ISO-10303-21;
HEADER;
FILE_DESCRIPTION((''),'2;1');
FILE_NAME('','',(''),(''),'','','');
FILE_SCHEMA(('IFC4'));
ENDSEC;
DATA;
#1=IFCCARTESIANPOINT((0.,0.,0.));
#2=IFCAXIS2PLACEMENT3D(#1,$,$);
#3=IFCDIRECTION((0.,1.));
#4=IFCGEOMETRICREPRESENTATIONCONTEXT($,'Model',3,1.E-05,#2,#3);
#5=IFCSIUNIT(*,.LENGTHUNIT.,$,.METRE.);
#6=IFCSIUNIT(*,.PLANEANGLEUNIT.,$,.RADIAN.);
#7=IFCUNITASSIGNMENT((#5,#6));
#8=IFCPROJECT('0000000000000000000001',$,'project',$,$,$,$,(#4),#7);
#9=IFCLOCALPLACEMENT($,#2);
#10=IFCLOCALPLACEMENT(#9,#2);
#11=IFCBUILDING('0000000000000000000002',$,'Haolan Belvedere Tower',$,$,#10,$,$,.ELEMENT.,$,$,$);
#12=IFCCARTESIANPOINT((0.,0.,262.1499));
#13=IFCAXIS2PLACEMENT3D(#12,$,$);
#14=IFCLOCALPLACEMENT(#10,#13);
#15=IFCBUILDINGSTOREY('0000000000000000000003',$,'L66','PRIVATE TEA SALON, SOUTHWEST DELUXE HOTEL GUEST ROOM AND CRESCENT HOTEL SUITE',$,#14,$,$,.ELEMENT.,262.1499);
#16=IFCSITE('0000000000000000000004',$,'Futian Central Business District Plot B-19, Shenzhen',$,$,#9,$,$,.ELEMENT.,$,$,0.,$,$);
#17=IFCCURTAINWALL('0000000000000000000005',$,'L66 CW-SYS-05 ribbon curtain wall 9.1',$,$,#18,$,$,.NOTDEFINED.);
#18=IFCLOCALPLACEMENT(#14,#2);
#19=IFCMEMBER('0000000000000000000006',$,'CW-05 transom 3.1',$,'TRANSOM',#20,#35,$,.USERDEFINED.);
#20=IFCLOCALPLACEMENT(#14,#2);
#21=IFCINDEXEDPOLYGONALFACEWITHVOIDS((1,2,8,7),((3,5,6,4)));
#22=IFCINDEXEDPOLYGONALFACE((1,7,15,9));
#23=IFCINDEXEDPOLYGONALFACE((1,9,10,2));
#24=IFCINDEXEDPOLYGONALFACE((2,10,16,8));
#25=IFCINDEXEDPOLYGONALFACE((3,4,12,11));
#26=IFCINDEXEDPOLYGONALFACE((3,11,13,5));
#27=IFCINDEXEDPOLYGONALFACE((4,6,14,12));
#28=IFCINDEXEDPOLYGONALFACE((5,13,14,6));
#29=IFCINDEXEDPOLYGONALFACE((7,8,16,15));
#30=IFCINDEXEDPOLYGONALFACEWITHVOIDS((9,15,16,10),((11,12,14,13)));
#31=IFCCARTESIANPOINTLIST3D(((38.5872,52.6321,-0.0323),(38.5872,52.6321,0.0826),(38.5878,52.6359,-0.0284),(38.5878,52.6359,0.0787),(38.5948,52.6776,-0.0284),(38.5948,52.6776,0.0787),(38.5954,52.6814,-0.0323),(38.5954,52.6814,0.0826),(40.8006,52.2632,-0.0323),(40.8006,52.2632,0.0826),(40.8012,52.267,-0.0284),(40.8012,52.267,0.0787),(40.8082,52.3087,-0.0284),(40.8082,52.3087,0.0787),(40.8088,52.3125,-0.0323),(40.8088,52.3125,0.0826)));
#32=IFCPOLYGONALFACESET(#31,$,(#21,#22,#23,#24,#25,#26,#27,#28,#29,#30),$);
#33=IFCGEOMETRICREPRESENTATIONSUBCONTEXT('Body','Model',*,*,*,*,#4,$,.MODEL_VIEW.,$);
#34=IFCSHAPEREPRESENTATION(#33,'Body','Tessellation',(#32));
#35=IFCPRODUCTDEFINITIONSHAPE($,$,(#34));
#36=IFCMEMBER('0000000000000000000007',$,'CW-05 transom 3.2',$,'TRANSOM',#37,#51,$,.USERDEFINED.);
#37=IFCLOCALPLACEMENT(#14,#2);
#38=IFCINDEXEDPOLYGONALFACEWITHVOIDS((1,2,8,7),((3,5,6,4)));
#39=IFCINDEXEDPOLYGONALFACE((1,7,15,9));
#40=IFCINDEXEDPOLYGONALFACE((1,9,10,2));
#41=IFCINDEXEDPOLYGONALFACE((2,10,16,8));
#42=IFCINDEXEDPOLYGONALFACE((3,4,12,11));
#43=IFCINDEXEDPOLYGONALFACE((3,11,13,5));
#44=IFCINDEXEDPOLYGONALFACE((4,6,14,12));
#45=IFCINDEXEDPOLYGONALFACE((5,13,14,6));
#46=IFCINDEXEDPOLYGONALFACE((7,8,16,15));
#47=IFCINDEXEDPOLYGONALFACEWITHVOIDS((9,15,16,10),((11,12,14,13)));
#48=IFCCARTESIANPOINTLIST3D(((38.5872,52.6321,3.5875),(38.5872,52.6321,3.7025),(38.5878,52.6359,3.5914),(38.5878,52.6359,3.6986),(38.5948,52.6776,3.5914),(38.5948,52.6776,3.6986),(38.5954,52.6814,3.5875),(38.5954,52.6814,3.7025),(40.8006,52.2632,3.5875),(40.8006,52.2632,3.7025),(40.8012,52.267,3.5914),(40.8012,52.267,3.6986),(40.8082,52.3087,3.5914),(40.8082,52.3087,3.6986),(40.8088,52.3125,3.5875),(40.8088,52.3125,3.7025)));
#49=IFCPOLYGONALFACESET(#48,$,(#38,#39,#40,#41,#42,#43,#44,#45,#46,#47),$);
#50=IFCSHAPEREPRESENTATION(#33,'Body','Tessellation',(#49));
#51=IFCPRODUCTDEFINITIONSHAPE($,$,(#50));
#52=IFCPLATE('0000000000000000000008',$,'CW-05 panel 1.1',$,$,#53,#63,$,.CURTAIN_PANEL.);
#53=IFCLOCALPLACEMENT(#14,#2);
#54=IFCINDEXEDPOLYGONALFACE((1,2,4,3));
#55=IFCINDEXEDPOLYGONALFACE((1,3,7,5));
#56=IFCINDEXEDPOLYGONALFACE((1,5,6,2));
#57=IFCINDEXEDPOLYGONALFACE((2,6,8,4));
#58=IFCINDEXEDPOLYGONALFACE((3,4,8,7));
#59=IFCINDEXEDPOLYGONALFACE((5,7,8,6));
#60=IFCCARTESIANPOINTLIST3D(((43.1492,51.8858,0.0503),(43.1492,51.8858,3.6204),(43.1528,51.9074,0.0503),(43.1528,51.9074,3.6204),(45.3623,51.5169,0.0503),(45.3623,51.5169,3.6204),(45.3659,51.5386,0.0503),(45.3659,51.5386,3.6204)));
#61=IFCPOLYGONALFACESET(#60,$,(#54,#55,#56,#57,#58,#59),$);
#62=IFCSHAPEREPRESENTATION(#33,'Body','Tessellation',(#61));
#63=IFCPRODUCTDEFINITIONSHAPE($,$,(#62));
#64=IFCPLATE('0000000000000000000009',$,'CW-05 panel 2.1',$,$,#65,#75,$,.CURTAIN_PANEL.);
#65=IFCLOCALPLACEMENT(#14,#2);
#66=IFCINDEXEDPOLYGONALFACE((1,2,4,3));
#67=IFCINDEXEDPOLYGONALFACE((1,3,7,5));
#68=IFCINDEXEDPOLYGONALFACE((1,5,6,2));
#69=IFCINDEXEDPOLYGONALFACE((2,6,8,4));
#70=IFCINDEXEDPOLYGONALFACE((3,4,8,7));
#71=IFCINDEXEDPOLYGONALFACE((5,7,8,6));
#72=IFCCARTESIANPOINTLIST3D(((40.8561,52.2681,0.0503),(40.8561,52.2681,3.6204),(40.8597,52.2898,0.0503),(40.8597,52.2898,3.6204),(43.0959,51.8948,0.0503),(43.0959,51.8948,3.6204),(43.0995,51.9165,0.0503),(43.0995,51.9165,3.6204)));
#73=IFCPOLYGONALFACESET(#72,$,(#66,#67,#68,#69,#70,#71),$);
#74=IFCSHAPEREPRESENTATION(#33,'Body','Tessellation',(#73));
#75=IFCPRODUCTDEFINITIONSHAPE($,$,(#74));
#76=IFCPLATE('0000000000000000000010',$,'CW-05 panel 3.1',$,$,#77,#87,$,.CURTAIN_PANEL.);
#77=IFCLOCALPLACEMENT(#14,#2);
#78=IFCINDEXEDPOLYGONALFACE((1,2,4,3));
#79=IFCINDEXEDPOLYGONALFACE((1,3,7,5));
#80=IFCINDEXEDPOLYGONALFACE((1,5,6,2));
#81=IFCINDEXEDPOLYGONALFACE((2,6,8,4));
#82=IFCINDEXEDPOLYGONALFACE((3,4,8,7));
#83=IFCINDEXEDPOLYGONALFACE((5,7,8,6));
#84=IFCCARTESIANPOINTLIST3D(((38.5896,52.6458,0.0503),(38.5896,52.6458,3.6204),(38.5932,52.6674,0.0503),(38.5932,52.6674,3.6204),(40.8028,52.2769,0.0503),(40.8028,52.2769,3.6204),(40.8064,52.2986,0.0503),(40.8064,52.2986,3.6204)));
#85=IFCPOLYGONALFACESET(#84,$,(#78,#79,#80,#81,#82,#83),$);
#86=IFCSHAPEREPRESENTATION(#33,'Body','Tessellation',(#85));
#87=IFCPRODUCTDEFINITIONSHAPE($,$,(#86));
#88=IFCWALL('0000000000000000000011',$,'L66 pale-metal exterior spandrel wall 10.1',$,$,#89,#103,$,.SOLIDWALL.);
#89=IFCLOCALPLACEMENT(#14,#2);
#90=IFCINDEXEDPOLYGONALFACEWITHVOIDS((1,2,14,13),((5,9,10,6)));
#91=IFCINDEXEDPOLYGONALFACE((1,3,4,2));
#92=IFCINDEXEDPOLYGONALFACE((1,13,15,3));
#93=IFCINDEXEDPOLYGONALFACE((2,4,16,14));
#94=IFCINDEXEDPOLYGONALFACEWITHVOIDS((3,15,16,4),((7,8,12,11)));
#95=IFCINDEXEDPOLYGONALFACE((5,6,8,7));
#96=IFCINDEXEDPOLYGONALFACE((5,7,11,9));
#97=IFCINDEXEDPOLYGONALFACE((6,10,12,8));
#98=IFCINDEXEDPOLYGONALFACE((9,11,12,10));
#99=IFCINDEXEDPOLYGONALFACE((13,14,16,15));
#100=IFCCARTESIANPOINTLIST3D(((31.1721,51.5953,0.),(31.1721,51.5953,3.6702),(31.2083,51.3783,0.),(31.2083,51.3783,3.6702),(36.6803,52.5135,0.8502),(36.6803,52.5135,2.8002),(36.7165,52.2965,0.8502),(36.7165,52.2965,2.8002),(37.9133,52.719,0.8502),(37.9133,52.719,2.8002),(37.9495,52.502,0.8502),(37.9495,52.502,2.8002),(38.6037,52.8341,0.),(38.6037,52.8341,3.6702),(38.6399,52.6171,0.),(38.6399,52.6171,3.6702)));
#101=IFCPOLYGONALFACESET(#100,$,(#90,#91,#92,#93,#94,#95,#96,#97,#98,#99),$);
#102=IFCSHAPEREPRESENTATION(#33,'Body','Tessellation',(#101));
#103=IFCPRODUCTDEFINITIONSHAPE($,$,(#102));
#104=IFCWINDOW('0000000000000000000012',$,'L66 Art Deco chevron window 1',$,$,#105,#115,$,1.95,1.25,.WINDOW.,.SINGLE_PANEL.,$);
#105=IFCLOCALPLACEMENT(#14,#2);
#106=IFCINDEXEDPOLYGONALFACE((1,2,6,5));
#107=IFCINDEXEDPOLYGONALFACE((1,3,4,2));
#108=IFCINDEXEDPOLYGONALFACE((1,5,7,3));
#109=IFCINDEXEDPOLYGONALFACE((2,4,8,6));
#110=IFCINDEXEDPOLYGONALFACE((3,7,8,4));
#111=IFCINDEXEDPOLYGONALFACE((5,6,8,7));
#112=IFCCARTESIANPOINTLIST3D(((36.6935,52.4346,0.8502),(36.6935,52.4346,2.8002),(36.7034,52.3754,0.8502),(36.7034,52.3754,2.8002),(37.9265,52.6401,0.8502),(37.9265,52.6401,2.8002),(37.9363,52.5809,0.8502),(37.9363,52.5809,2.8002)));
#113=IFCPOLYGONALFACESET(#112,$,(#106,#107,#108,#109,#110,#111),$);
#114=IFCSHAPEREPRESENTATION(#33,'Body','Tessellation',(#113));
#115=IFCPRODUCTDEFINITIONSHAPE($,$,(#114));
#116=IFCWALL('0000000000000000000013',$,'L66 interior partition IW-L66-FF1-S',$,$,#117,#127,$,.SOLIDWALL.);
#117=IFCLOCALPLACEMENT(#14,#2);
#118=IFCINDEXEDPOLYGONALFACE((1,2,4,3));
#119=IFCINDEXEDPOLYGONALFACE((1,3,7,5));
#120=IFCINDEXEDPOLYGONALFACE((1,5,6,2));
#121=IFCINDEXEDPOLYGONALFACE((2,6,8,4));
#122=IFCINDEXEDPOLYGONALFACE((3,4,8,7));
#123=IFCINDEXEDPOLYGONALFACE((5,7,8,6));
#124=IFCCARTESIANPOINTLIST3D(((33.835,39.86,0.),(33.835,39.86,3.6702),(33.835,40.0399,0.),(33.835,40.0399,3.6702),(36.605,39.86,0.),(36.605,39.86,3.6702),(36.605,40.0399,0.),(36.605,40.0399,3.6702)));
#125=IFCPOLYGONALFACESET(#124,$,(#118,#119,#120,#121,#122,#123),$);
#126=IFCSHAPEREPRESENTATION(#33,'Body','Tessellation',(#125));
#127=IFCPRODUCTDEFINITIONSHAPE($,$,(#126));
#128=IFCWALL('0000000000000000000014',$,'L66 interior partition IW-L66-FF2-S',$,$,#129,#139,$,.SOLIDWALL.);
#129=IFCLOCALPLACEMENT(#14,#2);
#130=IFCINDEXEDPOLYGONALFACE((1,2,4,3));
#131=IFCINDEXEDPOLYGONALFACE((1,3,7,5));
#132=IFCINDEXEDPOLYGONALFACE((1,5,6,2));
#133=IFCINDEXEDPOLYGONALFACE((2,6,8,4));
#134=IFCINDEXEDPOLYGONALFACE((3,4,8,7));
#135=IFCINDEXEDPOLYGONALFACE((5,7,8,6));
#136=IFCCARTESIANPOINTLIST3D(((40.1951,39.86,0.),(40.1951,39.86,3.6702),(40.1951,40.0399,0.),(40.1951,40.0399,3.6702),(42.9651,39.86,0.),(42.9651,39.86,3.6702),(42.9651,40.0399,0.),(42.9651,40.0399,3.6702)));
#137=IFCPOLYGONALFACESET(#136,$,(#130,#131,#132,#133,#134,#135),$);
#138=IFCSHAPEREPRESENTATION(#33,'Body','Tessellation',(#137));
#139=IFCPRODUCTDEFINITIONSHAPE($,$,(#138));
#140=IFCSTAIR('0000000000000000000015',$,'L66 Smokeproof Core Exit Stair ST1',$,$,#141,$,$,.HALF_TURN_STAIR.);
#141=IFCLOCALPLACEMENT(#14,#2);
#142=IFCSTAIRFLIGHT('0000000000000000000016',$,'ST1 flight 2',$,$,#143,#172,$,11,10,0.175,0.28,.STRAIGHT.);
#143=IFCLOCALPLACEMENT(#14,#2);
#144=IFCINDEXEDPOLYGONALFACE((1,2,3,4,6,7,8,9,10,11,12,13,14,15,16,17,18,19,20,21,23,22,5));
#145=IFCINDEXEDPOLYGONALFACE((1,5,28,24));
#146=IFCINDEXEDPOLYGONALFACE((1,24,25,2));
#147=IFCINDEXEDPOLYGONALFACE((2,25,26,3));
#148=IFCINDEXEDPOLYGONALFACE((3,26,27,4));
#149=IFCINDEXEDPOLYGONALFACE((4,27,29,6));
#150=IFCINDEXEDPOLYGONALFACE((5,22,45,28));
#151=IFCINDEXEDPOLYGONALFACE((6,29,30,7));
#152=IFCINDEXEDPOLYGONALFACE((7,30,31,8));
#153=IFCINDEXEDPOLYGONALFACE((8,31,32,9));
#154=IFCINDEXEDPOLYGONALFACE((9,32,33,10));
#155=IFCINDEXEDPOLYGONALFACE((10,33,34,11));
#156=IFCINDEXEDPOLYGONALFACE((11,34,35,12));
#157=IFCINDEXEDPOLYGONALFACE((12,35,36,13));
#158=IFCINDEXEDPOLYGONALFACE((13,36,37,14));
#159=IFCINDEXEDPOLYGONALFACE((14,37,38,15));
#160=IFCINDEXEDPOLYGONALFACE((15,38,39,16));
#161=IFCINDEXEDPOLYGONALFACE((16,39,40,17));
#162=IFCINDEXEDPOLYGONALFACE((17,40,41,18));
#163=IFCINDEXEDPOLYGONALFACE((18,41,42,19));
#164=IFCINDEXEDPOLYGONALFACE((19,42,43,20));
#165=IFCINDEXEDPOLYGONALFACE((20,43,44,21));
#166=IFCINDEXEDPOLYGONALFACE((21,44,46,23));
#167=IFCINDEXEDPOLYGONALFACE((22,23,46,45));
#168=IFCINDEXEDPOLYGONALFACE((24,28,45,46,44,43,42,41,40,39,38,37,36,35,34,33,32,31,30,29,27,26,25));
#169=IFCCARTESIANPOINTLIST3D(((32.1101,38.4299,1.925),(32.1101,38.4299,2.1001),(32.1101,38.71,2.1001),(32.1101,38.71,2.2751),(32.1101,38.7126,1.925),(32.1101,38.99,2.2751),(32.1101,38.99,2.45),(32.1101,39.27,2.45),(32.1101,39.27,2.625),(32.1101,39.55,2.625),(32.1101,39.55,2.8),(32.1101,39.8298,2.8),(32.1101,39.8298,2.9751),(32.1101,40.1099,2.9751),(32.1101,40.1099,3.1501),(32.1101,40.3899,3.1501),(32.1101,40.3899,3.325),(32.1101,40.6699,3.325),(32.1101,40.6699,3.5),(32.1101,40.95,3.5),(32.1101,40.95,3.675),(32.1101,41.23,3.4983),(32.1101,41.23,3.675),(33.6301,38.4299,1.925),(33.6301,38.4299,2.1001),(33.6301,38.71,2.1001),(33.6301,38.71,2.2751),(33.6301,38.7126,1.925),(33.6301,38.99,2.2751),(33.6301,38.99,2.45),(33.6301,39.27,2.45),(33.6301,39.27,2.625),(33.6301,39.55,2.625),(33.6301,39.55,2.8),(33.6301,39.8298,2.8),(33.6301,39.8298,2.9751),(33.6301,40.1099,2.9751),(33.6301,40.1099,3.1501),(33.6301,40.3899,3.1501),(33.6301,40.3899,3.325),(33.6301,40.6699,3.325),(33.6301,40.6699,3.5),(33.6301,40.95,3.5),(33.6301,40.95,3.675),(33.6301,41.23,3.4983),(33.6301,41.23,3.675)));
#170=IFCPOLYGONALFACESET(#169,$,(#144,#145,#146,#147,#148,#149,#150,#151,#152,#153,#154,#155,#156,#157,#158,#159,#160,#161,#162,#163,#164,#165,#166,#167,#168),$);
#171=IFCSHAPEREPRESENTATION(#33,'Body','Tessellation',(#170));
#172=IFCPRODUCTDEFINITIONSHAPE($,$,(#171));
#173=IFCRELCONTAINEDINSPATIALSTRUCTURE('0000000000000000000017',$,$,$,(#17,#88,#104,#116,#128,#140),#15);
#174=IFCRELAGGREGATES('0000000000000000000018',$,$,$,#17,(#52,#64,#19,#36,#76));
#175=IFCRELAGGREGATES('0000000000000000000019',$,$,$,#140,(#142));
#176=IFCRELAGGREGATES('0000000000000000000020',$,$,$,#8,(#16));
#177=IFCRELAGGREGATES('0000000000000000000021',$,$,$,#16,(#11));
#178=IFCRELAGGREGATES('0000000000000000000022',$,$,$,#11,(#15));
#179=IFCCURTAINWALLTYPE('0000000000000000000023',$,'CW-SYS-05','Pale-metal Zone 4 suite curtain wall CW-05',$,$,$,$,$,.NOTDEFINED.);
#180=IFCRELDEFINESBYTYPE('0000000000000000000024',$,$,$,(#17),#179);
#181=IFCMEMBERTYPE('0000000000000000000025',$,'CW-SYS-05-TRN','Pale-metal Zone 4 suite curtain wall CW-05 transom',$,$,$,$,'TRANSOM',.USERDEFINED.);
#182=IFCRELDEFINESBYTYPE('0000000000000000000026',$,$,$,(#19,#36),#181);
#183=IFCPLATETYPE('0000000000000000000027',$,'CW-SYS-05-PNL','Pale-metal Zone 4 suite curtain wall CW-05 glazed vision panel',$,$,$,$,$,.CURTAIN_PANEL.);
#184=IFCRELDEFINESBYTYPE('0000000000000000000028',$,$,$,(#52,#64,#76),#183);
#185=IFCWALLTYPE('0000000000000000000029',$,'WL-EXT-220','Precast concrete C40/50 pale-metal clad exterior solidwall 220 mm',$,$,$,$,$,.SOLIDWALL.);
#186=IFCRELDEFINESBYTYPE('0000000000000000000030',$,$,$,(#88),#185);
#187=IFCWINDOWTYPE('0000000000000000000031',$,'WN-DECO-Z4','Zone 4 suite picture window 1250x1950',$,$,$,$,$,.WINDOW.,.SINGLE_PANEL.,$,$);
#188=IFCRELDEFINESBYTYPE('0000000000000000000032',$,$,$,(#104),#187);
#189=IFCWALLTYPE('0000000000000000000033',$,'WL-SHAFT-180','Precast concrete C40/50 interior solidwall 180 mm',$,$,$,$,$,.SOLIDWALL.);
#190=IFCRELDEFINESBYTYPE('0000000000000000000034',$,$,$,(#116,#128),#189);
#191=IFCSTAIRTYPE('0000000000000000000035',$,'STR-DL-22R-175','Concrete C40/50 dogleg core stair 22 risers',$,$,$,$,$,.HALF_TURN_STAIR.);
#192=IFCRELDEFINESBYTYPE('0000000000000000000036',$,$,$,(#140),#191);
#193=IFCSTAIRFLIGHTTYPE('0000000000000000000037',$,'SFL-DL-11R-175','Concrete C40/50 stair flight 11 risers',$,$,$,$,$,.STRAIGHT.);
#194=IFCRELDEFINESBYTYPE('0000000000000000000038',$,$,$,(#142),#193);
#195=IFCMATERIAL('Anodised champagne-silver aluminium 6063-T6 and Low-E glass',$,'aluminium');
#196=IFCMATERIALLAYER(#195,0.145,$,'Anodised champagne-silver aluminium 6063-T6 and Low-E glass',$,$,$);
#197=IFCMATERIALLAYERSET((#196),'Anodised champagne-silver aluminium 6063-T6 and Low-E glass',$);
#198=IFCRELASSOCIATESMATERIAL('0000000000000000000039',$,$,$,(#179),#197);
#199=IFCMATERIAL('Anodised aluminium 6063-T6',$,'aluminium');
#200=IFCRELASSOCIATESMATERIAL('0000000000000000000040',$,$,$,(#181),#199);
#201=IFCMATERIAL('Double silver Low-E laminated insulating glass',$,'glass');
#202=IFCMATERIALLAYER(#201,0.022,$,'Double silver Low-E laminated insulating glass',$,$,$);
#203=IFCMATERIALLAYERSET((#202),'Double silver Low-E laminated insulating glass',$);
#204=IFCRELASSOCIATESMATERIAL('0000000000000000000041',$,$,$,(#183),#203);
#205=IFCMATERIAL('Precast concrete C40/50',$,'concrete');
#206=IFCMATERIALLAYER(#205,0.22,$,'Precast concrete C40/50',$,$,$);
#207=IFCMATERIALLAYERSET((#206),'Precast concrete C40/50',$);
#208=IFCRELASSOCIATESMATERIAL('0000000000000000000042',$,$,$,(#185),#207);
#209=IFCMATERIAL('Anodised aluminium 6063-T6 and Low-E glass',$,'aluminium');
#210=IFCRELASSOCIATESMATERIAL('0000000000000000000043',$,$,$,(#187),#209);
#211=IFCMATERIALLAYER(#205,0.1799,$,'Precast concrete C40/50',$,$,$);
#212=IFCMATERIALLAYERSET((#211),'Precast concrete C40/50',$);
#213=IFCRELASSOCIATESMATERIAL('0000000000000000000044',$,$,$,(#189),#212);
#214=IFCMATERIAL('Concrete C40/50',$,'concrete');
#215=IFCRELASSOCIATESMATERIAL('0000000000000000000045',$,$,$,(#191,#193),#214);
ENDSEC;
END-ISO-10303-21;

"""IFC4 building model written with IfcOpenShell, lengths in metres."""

from ifc_helpers import new_model, si_unit, direction, frame, frame_2d, origin, origin_2d, place, context, subcontext, project, spatial, polyline, rectangle, hollow_rectangle, outline, extrude, material, layer, layer_set, material_profile, profile_set, type_object, element, fill, aggregate, save


model = new_model("IFC4")

# Units and contexts
model_context = context("Model", 3, precision=1e-05, world=origin(), true_north=direction((0.0, 1.0)))
body_context = subcontext(model_context, "Body", "Model", "MODEL_VIEW")
ifc_project = project(units=[si_unit("LENGTHUNIT", "METRE"), si_unit("PLANEANGLEUNIT", "RADIAN")], contexts=[model_context])

# Site, building, storey
site_placement = place(None, origin())
site = spatial("IfcSite", under=ifc_project, at=site_placement, Name="Futian Central Business District Plot B-19, Shenzhen", CompositionType="ELEMENT", RefElevation=0.0)
building_placement = place(site_placement, origin())
building = spatial("IfcBuilding", under=site, at=building_placement, Name="Haolan Belvedere Tower", CompositionType="ELEMENT")
storey_placement = place(building_placement, frame((0.0, 0.0, 262.1499)))
storey = spatial("IfcBuildingStorey", under=building, at=storey_placement, Name="L66", Description="PRIVATE TEA SALON, SOUTHWEST DELUXE HOTEL GUEST ROOM AND CRESCENT HOTEL SUITE", CompositionType="ELEMENT", Elevation=262.1499)

# Curtain wall, members, plates
ifc_material_1 = material(Name="Anodised champagne-silver aluminium 6063-T6 and Low-E glass", Category="aluminium")
ifc_layer_1 = layer(ifc_material_1, 0.145, Name="Anodised champagne-silver aluminium 6063-T6 and Low-E glass")
ifc_layer_set_1 = layer_set([ifc_layer_1], Name="Anodised champagne-silver aluminium 6063-T6 and Low-E glass")
curtain_wall_type = type_object("IfcCurtainWallType", Name="CW-SYS-05", Description="Pale-metal Zone 4 suite curtain wall CW-05", PredefinedType="NOTDEFINED", material=ifc_layer_set_1)
curtain_wall_placement = place(storey_placement, origin())
curtain_wall = element("IfcCurtainWall", 1, at=curtain_wall_placement, inside=storey, type_object=curtain_wall_type, Name="L66 CW-SYS-05 ribbon curtain wall 9.1", PredefinedType="NOTDEFINED")
ifc_material_2 = material(Name="Anodised aluminium 6063-T6", Category="aluminium")
ifc_material_profile_1 = material_profile(ifc_material_2, hollow_rectangle(XDim=0.05, YDim=0.115, WallThickness=0.0039, at=origin_2d()), Name="Anodised aluminium 6063-T6")
ifc_profile_set_1 = profile_set([ifc_material_profile_1], Name="Anodised aluminium 6063-T6")
member_type_1 = type_object("IfcMemberType", Name="CW-SYS-05-TRN", Description="Pale-metal Zone 4 suite curtain wall CW-05 transom", ElementType="TRANSOM", PredefinedType="USERDEFINED", material=ifc_profile_set_1)
member_1_placement = place(storey_placement, frame((40.8047, 52.2878, 0.0251), z_axis=(-0.986394, 0.164399, 0.0), x_axis=(-0.164399, -0.986394, 0.0)))
member_1 = element("IfcMember", 2, at=member_1_placement, type_object=member_type_1, Name="CW-05 transom 3.1", ObjectType="TRANSOM", PredefinedType="USERDEFINED", context=body_context, shape_type="SweptSolid", body=[
    extrude(hollow_rectangle(XDim=0.05, YDim=0.115, WallThickness=0.0039, at=origin_2d()), origin(), (0.0, 0.0, 1.0), 2.2439),
])
member_2_placement = place(storey_placement, frame((40.8047, 52.2878, 3.645), z_axis=(-0.986394, 0.164399, 0.0), x_axis=(-0.164399, -0.986394, 0.0)))
member_2 = element("IfcMember", 3, at=member_2_placement, type_object=member_type_1, Name="CW-05 transom 3.2", ObjectType="TRANSOM", PredefinedType="USERDEFINED", context=body_context, shape_type="SweptSolid", body=[
    extrude(hollow_rectangle(XDim=0.05, YDim=0.115, WallThickness=0.0039, at=origin_2d()), origin(), (0.0, 0.0, 1.0), 2.2439),
])
ifc_material_3 = material(Name="Double silver Low-E laminated insulating glass", Category="glass")
ifc_layer_2 = layer(ifc_material_3, 0.022, Name="Double silver Low-E laminated insulating glass")
ifc_layer_set_2 = layer_set([ifc_layer_2], Name="Double silver Low-E laminated insulating glass")
plate_type = type_object("IfcPlateType", Name="CW-SYS-05-PNL", Description="Pale-metal Zone 4 suite curtain wall CW-05 glazed vision panel", PredefinedType="CURTAIN_PANEL", material=ifc_layer_set_2)
plate_1_placement = place(storey_placement, frame((44.2576, 51.7122, 0.0503), z_axis=(0.0, 0.0, 1.0), x_axis=(-0.986393, 0.164406, 0.0)))
plate_1 = element("IfcPlate", 4, at=plate_1_placement, type_object=plate_type, Name="CW-05 panel 1.1", PredefinedType="CURTAIN_PANEL", context=body_context, shape_type="SweptSolid", body=[
    extrude(rectangle(XDim=2.2437, YDim=0.022, at=origin_2d()), origin(), (0.0, 0.0, 1.0), 3.5701),
])
plate_2_placement = place(storey_placement, frame((41.9778, 52.0923, 0.0503), z_axis=(0.0, 0.0, 1.0), x_axis=(-0.986393, 0.164406, 0.0)))
plate_2 = element("IfcPlate", 5, at=plate_2_placement, type_object=plate_type, Name="CW-05 panel 2.1", PredefinedType="CURTAIN_PANEL", context=body_context, shape_type="SweptSolid", body=[
    extrude(rectangle(XDim=2.2708, YDim=0.022, at=origin_2d()), origin(), (0.0, 0.0, 1.0), 3.5701),
])
plate_3_placement = place(storey_placement, frame((39.698, 52.4722, 0.0503), z_axis=(0.0, 0.0, 1.0), x_axis=(-0.986393, 0.164406, 0.0)))
plate_3 = element("IfcPlate", 6, at=plate_3_placement, type_object=plate_type, Name="CW-05 panel 3.1", PredefinedType="CURTAIN_PANEL", context=body_context, shape_type="SweptSolid", body=[
    extrude(rectangle(XDim=2.2437, YDim=0.022, at=origin_2d()), origin(), (0.0, 0.0, 1.0), 3.5701),
])
aggregate(curtain_wall, [plate_1, plate_2, member_1, member_2, plate_3])

# Wall, opening, window
ifc_material_4 = material(Name="Precast concrete C40/50", Category="concrete")
ifc_layer_3 = layer(ifc_material_4, 0.22, Name="Precast concrete C40/50")
ifc_layer_set_3 = layer_set([ifc_layer_3], Name="Precast concrete C40/50")
wall_type_1 = type_object("IfcWallType", Name="WL-EXT-220", Description="Precast concrete C40/50 pale-metal clad exterior solidwall 220 mm", PredefinedType="SOLIDWALL", material=ifc_layer_set_3)
wall_placement = place(storey_placement, frame((38.6218, 52.7256, 0.0), z_axis=(0.0, 0.0, 1.0), x_axis=(-0.98639, -0.16442, 0.0)))
wall = element("IfcWall", 7, at=wall_placement, inside=storey, type_object=wall_type_1, Name="L66 pale-metal exterior spandrel wall 10.1", PredefinedType="SOLIDWALL", context=body_context, shape_type="SweptSolid", body=[
    extrude(rectangle(XDim=7.5342, YDim=0.22, at=frame_2d((3.7671, 0.0))), origin(), (0.0, 0.0, 1.0), 3.6702),
])
opening_placement = place(wall_placement, frame((0.7, 0.0, 0.8501)))
opening = element("IfcOpeningElement", 8, at=opening_placement, cuts=wall, PredefinedType="OPENING", context=body_context, shape_type="SweptSolid", body=[
    extrude(rectangle(XDim=1.25, YDim=1.95, at=frame_2d((0.625, 0.9751))), frame((0.0, 0.1199, 0.0), z_axis=(0.0, -1.0, 0.0), x_axis=(1.0, 0.0, 0.0)), (0.0, 0.0, 1.0), 0.24),
])
ifc_material_5 = material(Name="Anodised aluminium 6063-T6 and Low-E glass", Category="aluminium")
window_type = type_object("IfcWindowType", Name="WN-DECO-Z4", Description="Zone 4 suite picture window 1250x1950", PartitioningType="SINGLE_PANEL", PredefinedType="WINDOW", material=ifc_material_5)
window_placement = place(opening_placement, origin())
window = element("IfcWindow", 9, at=window_placement, inside=storey, type_object=window_type, Name="L66 Art Deco chevron window 1", OverallHeight=1.95, OverallWidth=1.25, PartitioningType="SINGLE_PANEL", PredefinedType="WINDOW", context=body_context, shape_type="SweptSolid", body=[
    extrude(rectangle(XDim=1.25, YDim=1.95, at=frame_2d((0.625, 0.9751))), frame((0.0, 0.03, 0.0), z_axis=(0.0, -1.0, 0.0), x_axis=(1.0, 0.0, 0.0)), (0.0, 0.0, 1.0), 0.0601),
])
fill(opening, window)

# Walls
ifc_layer_4 = layer(ifc_material_4, 0.1799, Name="Precast concrete C40/50")
ifc_layer_set_4 = layer_set([ifc_layer_4], Name="Precast concrete C40/50")
wall_type_2 = type_object("IfcWallType", Name="WL-SHAFT-180", Description="Precast concrete C40/50 interior solidwall 180 mm", PredefinedType="SOLIDWALL", material=ifc_layer_set_4)
for number, where, z_axis, x_axis, name in (
    (10, (33.835, 39.95, 0.0), (0.0, 0.0, 1.0), (1.0, 0.0, 0.0), "L66 interior partition IW-L66-FF1-S"),
    (11, (40.1951, 39.95, 0.0), (0.0, 0.0, 1.0), (1.0, 0.0, 0.0), "L66 interior partition IW-L66-FF2-S"),
):
    element("IfcWall", number, at=place(storey_placement, frame(where, z_axis=z_axis, x_axis=x_axis)), inside=storey, type_object=wall_type_2, Name=name, PredefinedType="SOLIDWALL", context=body_context, shape_type="SweptSolid", body=[
        extrude(rectangle(XDim=2.77, YDim=0.1799, at=frame_2d((1.385, 0.0))), origin(), (0.0, 0.0, 1.0), 3.6702),
    ])

# Stair, stair flight
ifc_material_6 = material(Name="Concrete C40/50", Category="concrete")
stair_type = type_object("IfcStairType", Name="STR-DL-22R-175", Description="Concrete C40/50 dogleg core stair 22 risers", PredefinedType="HALF_TURN_STAIR", material=ifc_material_6)
stair_1_placement = place(storey_placement, origin())
stair_1 = element("IfcStair", 12, at=stair_1_placement, inside=storey, type_object=stair_type, Name="L66 Smokeproof Core Exit Stair ST1", PredefinedType="HALF_TURN_STAIR")
stair_flight_type = type_object("IfcStairFlightType", Name="SFL-DL-11R-175", Description="Concrete C40/50 stair flight 11 risers", PredefinedType="STRAIGHT", material=ifc_material_6)
stair_flight_1_placement = place(storey_placement, frame((32.8701, 38.4299, 1.925), z_axis=(0.0, 0.0, 1.0), x_axis=(0.0, 1.0, 0.0)))
stair_flight_1 = element("IfcStairFlight", 13, at=stair_flight_1_placement, type_object=stair_flight_type, Name="ST1 flight 2", NumberOfRisers=11, NumberOfTreads=10, PredefinedType="STRAIGHT", RiserHeight=0.175, TreadLength=0.28, context=body_context, shape_type="SweptSolid", body=[
    extrude(outline(polyline([(0.0, 0.0), (0.0, 0.175), (0.28, 0.175), (0.28, 0.3501), (0.5601, 0.3501), (0.5601, 0.5249), (0.8401, 0.5249), (0.8401, 0.7), (1.1201, 0.7), (1.1201, 0.875), (1.3999, 0.875), (1.3999, 1.05), (1.6799, 1.05), (1.6799, 1.2251), (1.96, 1.2251), (1.96, 1.3999), (2.24, 1.3999), (2.24, 1.575), (2.52, 1.575), (2.52, 1.75), (2.8, 1.75), (2.8, 1.925), (2.8, 1.5732), (0.2827, 0.0), (0.0, 0.0)])), frame((0.0, 0.76, 0.0), z_axis=(0.0, -1.0, 0.0), x_axis=(1.0, 0.0, 0.0)), (0.0, 0.0, 1.0), 1.52),
])
aggregate(stair_1, [stair_flight_1])

save(model, "model.ifc")
